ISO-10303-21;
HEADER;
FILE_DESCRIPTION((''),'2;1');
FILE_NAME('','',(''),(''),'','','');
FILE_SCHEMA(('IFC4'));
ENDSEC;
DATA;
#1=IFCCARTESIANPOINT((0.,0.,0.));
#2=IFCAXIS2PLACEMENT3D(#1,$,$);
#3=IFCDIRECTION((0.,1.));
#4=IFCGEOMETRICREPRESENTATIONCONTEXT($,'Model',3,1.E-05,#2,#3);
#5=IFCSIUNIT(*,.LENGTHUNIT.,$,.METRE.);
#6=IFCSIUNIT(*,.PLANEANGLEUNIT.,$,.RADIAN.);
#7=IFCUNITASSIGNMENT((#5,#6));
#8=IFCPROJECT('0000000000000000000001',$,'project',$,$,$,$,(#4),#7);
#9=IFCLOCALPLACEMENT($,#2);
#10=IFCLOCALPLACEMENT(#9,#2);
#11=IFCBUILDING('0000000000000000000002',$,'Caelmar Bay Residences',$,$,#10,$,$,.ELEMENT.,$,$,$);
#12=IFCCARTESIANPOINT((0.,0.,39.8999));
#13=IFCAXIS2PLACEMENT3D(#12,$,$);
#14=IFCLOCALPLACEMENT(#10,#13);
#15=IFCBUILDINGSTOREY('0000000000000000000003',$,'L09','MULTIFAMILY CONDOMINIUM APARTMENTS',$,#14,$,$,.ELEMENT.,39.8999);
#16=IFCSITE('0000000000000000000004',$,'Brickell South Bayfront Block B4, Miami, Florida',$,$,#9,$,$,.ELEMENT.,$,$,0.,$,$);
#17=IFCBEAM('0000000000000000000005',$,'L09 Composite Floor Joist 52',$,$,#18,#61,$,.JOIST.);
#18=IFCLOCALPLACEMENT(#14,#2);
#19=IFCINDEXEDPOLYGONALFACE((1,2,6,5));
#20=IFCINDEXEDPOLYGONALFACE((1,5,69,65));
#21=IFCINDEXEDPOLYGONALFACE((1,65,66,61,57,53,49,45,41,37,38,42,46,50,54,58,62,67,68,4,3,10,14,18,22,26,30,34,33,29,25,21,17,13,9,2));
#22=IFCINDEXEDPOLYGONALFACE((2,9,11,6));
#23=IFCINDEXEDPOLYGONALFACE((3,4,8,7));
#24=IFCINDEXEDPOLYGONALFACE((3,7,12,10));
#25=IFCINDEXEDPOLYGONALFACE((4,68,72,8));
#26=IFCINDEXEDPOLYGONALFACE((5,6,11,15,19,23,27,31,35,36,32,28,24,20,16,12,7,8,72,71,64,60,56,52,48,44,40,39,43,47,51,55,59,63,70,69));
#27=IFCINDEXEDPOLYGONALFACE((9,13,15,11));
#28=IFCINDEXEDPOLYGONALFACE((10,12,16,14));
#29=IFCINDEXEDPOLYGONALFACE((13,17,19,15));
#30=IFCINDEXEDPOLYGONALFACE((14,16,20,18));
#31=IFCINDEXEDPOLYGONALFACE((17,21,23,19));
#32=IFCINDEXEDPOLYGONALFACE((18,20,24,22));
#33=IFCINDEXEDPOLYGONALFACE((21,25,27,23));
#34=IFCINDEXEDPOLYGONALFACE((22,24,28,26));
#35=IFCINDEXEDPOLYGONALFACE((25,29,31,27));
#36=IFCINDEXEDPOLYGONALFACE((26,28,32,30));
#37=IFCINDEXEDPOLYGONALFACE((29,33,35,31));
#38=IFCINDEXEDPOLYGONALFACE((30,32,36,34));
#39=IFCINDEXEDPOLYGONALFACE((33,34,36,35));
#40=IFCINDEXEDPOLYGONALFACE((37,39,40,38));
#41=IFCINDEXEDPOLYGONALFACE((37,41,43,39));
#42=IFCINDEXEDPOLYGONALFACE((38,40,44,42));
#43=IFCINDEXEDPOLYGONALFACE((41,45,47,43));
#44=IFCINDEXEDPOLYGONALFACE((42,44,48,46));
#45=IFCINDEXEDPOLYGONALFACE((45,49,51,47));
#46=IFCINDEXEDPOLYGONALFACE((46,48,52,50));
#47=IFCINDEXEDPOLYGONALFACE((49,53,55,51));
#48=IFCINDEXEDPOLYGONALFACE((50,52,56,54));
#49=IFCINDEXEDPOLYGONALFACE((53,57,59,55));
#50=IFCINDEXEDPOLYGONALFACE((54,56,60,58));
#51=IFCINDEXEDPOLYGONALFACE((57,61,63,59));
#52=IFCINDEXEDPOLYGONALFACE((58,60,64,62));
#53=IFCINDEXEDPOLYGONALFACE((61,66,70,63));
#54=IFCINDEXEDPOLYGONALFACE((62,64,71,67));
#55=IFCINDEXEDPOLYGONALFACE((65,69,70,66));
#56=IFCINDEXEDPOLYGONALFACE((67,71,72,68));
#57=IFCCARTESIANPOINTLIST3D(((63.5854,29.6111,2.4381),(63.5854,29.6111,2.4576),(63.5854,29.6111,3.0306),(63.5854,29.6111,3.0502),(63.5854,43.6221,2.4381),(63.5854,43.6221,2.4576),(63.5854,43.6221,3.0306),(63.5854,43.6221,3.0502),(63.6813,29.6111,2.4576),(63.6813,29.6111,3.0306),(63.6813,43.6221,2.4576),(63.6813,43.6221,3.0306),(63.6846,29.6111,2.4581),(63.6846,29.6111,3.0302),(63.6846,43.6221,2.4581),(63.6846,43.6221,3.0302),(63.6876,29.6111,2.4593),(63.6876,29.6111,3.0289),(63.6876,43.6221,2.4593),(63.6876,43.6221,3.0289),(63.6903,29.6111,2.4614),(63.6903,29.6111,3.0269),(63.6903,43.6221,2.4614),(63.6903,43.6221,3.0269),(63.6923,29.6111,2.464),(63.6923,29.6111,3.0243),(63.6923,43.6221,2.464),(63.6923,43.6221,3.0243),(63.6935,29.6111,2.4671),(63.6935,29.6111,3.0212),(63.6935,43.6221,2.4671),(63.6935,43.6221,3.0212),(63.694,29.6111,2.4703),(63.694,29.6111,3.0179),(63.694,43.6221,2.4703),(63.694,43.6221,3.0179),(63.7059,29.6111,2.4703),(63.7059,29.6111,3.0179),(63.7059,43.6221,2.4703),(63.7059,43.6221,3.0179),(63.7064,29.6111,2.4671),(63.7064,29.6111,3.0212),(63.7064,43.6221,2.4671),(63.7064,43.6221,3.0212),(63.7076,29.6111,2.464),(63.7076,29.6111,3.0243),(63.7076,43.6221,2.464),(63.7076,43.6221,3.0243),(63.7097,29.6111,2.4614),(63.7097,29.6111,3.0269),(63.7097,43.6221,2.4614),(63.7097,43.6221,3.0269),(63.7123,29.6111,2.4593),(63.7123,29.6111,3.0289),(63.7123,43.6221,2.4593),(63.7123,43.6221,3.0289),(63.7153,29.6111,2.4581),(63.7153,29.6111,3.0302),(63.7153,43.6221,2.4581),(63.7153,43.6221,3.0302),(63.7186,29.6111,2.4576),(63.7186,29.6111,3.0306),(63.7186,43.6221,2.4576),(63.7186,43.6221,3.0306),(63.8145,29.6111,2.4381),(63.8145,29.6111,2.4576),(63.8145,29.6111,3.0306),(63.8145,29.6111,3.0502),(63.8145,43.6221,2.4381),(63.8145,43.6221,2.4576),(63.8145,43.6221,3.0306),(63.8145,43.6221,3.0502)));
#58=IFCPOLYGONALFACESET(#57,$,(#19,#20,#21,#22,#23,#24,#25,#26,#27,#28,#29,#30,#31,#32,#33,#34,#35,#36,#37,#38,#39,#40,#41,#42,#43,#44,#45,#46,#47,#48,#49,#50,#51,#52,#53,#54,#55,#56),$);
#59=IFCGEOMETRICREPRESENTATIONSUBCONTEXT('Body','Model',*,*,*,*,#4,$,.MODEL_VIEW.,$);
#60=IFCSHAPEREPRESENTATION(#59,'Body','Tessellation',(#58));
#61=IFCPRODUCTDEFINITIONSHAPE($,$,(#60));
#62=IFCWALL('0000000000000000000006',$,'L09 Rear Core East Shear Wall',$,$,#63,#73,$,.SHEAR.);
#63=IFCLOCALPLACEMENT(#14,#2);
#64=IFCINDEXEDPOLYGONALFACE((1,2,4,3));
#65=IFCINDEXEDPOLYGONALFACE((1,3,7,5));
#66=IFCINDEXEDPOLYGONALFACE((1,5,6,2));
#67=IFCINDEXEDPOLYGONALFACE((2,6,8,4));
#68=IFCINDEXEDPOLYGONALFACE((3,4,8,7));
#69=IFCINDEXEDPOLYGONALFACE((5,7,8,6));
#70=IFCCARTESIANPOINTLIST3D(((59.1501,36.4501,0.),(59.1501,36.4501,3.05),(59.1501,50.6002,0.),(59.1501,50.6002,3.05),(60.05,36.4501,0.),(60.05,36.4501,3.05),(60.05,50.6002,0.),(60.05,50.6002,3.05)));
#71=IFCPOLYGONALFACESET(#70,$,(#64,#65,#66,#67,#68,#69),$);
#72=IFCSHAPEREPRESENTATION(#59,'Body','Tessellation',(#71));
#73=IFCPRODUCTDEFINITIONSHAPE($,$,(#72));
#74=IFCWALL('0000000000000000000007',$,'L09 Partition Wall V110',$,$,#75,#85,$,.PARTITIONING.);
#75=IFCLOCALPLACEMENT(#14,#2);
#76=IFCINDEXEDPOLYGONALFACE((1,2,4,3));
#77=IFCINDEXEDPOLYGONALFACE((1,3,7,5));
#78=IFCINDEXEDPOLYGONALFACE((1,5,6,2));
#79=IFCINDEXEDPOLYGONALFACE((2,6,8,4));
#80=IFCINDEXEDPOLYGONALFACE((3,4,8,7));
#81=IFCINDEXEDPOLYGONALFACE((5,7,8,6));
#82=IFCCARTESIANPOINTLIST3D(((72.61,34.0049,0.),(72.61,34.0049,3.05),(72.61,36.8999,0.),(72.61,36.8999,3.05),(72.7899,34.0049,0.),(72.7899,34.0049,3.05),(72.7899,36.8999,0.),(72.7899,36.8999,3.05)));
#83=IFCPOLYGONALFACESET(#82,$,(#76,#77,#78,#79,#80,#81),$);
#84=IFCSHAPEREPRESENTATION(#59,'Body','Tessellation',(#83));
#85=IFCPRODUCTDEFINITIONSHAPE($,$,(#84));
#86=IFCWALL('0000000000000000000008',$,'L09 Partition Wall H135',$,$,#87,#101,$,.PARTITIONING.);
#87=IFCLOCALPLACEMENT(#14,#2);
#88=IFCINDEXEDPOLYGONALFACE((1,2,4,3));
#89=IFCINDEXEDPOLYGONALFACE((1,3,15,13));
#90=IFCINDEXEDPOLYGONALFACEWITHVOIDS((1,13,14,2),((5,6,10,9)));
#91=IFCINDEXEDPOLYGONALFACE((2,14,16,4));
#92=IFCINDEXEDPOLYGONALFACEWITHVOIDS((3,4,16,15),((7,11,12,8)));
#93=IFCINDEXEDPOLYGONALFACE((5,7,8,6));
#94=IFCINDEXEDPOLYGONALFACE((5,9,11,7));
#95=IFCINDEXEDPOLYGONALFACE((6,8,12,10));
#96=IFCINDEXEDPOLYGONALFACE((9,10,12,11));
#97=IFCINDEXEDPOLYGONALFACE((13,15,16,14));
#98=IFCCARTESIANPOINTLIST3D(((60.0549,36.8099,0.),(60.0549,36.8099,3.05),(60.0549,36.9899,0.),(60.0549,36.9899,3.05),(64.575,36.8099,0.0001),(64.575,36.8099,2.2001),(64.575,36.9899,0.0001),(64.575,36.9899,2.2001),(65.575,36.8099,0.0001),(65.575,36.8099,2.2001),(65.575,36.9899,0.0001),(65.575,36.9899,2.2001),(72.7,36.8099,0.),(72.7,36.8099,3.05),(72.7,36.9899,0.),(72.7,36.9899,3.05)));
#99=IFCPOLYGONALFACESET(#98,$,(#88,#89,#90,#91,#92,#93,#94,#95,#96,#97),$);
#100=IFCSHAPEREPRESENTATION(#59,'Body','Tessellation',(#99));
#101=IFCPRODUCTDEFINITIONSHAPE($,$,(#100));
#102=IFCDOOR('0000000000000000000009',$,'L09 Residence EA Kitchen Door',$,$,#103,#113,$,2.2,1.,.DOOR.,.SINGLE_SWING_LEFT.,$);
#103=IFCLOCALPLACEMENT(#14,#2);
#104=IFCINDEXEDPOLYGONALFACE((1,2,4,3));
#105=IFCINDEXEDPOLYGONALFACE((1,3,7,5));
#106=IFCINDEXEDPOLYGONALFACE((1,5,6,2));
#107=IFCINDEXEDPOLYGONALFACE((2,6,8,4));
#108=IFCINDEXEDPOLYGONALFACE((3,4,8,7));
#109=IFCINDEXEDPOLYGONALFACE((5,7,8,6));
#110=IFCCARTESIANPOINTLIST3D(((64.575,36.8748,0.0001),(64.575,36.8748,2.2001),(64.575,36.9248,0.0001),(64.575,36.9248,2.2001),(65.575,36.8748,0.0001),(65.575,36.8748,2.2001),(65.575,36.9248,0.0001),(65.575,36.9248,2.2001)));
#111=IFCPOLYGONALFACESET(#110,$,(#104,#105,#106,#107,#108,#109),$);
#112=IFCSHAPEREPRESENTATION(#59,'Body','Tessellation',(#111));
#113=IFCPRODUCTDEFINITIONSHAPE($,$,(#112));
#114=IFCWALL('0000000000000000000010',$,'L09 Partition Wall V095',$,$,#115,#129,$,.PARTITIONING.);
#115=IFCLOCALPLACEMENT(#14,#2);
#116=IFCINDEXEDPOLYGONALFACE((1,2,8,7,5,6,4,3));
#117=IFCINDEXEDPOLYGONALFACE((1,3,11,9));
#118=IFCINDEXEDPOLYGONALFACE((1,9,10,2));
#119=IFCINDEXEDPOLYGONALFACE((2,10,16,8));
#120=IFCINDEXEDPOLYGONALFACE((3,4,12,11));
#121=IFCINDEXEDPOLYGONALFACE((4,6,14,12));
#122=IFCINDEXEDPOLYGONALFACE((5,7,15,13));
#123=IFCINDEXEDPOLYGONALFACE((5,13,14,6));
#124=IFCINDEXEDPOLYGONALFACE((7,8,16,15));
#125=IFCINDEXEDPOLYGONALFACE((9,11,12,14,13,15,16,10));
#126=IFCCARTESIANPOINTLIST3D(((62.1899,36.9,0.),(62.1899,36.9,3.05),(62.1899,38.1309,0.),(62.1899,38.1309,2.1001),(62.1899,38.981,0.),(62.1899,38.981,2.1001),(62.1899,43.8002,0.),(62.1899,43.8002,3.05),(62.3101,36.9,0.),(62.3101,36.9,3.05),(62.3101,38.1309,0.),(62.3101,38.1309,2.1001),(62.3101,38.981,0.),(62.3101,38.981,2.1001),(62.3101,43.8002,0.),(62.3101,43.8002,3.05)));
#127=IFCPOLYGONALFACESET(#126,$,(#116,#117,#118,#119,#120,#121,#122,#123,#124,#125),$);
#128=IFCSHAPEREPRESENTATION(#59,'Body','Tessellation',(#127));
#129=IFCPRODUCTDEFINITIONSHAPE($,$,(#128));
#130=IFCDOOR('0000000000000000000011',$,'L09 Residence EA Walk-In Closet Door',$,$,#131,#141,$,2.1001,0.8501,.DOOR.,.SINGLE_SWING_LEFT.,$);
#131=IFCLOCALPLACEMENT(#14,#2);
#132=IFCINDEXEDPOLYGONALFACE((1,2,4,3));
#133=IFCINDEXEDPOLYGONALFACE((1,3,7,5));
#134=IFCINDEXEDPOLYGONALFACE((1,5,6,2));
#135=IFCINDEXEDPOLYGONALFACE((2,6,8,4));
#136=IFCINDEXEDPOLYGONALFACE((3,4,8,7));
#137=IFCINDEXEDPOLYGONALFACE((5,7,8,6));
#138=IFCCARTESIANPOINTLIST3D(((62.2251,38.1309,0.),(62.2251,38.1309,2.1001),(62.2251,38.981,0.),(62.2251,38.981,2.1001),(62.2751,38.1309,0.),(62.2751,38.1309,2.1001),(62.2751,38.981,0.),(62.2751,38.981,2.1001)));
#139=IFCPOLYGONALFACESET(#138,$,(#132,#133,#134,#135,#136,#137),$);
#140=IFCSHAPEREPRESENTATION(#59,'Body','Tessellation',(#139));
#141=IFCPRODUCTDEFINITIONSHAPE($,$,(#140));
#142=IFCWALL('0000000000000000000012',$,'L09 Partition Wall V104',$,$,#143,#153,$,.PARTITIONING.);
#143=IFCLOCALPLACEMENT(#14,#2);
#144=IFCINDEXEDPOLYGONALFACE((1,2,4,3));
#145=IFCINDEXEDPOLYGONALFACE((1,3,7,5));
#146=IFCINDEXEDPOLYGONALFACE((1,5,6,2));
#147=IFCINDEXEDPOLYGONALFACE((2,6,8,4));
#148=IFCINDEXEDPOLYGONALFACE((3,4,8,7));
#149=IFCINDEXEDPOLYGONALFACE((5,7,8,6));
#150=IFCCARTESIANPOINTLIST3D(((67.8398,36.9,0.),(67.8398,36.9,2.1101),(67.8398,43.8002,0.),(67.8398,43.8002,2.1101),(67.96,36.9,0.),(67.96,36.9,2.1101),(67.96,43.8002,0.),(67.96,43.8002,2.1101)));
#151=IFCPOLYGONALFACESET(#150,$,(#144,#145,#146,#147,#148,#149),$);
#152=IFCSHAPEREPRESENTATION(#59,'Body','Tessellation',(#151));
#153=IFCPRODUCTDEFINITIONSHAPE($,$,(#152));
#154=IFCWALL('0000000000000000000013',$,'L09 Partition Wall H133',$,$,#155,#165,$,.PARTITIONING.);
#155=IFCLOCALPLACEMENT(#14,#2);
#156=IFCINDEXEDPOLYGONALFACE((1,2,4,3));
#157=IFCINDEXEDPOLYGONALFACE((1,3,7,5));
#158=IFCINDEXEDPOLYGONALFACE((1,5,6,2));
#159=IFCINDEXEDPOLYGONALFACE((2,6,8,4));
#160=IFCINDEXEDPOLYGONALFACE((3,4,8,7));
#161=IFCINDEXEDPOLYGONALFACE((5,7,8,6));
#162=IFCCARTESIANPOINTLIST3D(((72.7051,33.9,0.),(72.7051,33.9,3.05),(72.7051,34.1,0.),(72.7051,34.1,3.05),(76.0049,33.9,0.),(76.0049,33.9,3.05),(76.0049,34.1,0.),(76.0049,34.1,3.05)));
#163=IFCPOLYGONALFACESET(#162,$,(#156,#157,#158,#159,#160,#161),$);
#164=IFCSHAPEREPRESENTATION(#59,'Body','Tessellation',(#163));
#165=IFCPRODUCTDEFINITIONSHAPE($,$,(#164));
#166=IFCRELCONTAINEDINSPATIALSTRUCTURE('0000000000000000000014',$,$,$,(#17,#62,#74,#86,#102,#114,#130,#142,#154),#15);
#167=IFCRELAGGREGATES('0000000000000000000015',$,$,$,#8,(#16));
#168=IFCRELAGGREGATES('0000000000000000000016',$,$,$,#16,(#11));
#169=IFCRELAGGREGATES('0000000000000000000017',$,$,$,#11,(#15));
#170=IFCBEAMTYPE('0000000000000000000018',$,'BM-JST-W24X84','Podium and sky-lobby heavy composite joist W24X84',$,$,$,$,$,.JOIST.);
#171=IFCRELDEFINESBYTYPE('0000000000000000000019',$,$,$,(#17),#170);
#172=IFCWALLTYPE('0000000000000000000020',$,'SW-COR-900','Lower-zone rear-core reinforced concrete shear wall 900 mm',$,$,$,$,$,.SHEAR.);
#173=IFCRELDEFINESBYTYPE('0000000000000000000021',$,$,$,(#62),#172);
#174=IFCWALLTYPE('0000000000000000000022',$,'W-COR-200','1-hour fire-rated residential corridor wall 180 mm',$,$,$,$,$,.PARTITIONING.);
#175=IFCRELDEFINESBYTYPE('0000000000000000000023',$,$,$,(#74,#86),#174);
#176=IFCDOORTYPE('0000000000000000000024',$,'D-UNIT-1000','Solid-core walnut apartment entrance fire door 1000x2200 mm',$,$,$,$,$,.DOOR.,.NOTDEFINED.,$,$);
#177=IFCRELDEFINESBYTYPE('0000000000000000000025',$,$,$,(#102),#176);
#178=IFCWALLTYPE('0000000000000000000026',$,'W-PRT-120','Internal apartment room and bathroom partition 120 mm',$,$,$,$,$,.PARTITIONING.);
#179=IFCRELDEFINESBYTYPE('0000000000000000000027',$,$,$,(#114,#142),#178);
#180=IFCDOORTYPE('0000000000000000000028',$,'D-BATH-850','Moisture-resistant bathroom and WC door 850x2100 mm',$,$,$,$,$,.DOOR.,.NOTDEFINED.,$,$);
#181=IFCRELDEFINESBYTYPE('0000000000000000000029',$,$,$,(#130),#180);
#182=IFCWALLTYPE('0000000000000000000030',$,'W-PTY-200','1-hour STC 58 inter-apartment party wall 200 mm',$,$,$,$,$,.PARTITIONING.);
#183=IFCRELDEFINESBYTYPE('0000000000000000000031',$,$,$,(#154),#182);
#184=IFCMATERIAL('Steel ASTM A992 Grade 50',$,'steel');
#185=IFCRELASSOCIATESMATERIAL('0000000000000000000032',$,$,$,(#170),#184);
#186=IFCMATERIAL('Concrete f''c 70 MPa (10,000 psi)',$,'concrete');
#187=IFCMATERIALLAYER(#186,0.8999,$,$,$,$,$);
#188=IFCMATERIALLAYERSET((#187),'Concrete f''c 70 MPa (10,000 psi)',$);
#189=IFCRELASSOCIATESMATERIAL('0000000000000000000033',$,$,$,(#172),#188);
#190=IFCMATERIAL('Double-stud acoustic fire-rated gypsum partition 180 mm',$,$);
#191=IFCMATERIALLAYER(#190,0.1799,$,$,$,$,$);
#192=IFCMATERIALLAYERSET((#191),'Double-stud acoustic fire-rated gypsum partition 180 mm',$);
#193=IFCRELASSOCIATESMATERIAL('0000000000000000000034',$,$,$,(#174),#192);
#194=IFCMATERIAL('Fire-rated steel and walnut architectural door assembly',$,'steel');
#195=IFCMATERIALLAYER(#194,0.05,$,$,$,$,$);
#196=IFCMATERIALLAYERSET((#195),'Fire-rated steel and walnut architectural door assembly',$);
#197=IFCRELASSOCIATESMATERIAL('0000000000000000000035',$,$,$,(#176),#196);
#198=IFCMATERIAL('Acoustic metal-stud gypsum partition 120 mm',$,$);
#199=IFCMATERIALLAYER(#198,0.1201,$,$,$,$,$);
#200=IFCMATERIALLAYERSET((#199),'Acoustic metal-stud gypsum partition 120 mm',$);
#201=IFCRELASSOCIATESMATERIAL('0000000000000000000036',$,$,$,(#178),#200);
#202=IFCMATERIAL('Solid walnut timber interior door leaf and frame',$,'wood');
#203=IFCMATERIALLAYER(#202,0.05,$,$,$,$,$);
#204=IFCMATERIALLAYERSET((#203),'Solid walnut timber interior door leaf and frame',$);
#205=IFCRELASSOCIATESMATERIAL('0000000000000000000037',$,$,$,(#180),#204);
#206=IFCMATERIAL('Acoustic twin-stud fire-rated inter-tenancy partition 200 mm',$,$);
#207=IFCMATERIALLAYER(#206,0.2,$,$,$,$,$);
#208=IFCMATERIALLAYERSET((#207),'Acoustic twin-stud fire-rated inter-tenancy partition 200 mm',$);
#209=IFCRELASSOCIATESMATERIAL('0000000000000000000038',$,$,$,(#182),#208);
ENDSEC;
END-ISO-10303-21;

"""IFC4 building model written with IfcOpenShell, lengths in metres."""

from ifc_helpers import new_model, si_unit, direction, frame, frame_2d, origin, origin_2d, place, context, subcontext, project, spatial, rectangle, i_section, extrude, material, layer, layer_set, material_profile, profile_set, type_object, element, fill, save


model = new_model("IFC4")

# Units and contexts
model_context = context("Model", 3, precision=1e-05, world=origin(), true_north=direction((0.0, 1.0)))
body_context = subcontext(model_context, "Body", "Model", "MODEL_VIEW")
ifc_project = project(units=[si_unit("LENGTHUNIT", "METRE"), si_unit("PLANEANGLEUNIT", "RADIAN")], contexts=[model_context])

# Site, building, storey
site_placement = place(None, origin())
site = spatial("IfcSite", under=ifc_project, at=site_placement, Name="Brickell South Bayfront Block B4, Miami, Florida", CompositionType="ELEMENT", RefElevation=0.0)
building_placement = place(site_placement, origin())
building = spatial("IfcBuilding", under=site, at=building_placement, Name="Caelmar Bay Residences", CompositionType="ELEMENT")
storey_placement = place(building_placement, frame((0.0, 0.0, 39.8999)))
storey = spatial("IfcBuildingStorey", under=building, at=storey_placement, Name="L09", Description="MULTIFAMILY CONDOMINIUM APARTMENTS", CompositionType="ELEMENT", Elevation=39.8999)

# Beam
ifc_material_1 = material(Name="Steel ASTM A992 Grade 50", Category="steel")
ifc_material_profile_1 = material_profile(ifc_material_1, i_section(OverallWidth=0.229, OverallDepth=0.6121, WebThickness=0.012, FlangeThickness=0.0195, FilletRadius=0.0127, at=origin_2d()), Name="W24X84")
ifc_profile_set_1 = profile_set([ifc_material_profile_1], Name="Steel ASTM A992 Grade 50")
beam_type_1 = type_object("IfcBeamType", Name="BM-JST-W24X84", Description="Podium and sky-lobby heavy composite joist W24X84", PredefinedType="JOIST", material=ifc_profile_set_1)
beam_1_placement = place(storey_placement, frame((63.7, 29.6111, 2.7441), z_axis=(0.0, 1.0, 0.0), x_axis=(-1.0, 0.0, 0.0)))
element("IfcBeam", 1, at=beam_1_placement, inside=storey, type_object=beam_type_1, Name="L09 Composite Floor Joist 52", PredefinedType="JOIST", context=body_context, shape_type="SweptSolid", body=[
    extrude(i_section(OverallWidth=0.229, OverallDepth=0.6121, WebThickness=0.012, FlangeThickness=0.0195, FilletRadius=0.0127, at=origin_2d()), origin(), (0.0, 0.0, 1.0), 14.011),
])

# Walls
ifc_material_2 = material(Name="Concrete f'c 70 MPa (10,000 psi)", Category="concrete")
ifc_layer_1 = layer(ifc_material_2, 0.8999)
ifc_layer_set_1 = layer_set([ifc_layer_1], Name="Concrete f'c 70 MPa (10,000 psi)")
wall_type_1 = type_object("IfcWallType", Name="SW-COR-900", Description="Lower-zone rear-core reinforced concrete shear wall 900 mm", PredefinedType="SHEAR", material=ifc_layer_set_1)
wall_1_placement = place(storey_placement, frame((59.6001, 36.45, 0.0), z_axis=(0.0, 0.0, 1.0), x_axis=(0.0, 1.0, 0.0)))
element("IfcWall", 2, at=wall_1_placement, inside=storey, type_object=wall_type_1, Name="L09 Rear Core East Shear Wall", PredefinedType="SHEAR", context=body_context, shape_type="SweptSolid", body=[
    extrude(rectangle(XDim=14.1501, YDim=0.8999, at=frame_2d((7.0752, 0.0))), origin(), (0.0, 0.0, 1.0), 3.05),
])
ifc_material_3 = material(Name="Double-stud acoustic fire-rated gypsum partition 180 mm")
ifc_layer_2 = layer(ifc_material_3, 0.1799)
ifc_layer_set_2 = layer_set([ifc_layer_2], Name="Double-stud acoustic fire-rated gypsum partition 180 mm")
wall_type_2 = type_object("IfcWallType", Name="W-COR-200", Description="1-hour fire-rated residential corridor wall 180 mm", PredefinedType="PARTITIONING", material=ifc_layer_set_2)
wall_2_placement = place(storey_placement, frame((72.7, 34.0049, 0.0), z_axis=(0.0, 0.0, 1.0), x_axis=(0.0, 1.0, 0.0)))
element("IfcWall", 3, at=wall_2_placement, inside=storey, type_object=wall_type_2, Name="L09 Partition Wall V110", PredefinedType="PARTITIONING", context=body_context, shape_type="SweptSolid", body=[
    extrude(rectangle(XDim=2.895, YDim=0.1799, at=frame_2d((1.4475, 0.0))), origin(), (0.0, 0.0, 1.0), 3.05),
])

# Walls, openings, doors
wall_3_placement = place(storey_placement, frame((60.0549, 36.8999, 0.0), z_axis=(0.0, 0.0, 1.0), x_axis=(1.0, 0.0, 0.0)))
wall_3 = element("IfcWall", 4, at=wall_3_placement, inside=storey, type_object=wall_type_2, Name="L09 Partition Wall H135", PredefinedType="PARTITIONING", context=body_context, shape_type="SweptSolid", body=[
    extrude(rectangle(XDim=12.645, YDim=0.1799, at=frame_2d((6.3225, 0.0))), origin(), (0.0, 0.0, 1.0), 3.05),
])
opening_1_placement = place(wall_3_placement, frame((4.52, 0.0, 0.0)))
opening_1 = element("IfcOpeningElement", 5, at=opening_1_placement, cuts=wall_3, PredefinedType="OPENING", context=body_context, shape_type="SweptSolid", body=[
    extrude(rectangle(XDim=1.0, YDim=2.2, at=frame_2d((0.5, 1.1001))), frame((0.0, 0.0999, 0.0), z_axis=(0.0, -1.0, 0.0), x_axis=(1.0, 0.0, 0.0)), (0.0, 0.0, 1.0), 0.2),
])
ifc_material_4 = material(Name="Fire-rated steel and walnut architectural door assembly", Category="steel")
ifc_layer_3 = layer(ifc_material_4, 0.05)
ifc_layer_set_3 = layer_set([ifc_layer_3], Name="Fire-rated steel and walnut architectural door assembly")
door_type_1 = type_object("IfcDoorType", Name="D-UNIT-1000", Description="Solid-core walnut apartment entrance fire door 1000x2200 mm", OperationType="NOTDEFINED", PredefinedType="DOOR", material=ifc_layer_set_3)
door_1_placement = place(opening_1_placement, origin())
door_1 = element("IfcDoor", 6, at=door_1_placement, inside=storey, type_object=door_type_1, Name="L09 Residence EA Kitchen Door", OperationType="SINGLE_SWING_LEFT", OverallHeight=2.2, OverallWidth=1.0, PredefinedType="DOOR", context=body_context, shape_type="SweptSolid", body=[
    extrude(rectangle(XDim=1.0, YDim=2.2, at=frame_2d((0.5, 1.1001))), frame((0.0, 0.0249, 0.0), z_axis=(0.0, -1.0, 0.0), x_axis=(1.0, 0.0, 0.0)), (0.0, 0.0, 1.0), 0.05),
])
fill(opening_1, door_1)
ifc_material_5 = material(Name="Acoustic metal-stud gypsum partition 120 mm")
ifc_layer_4 = layer(ifc_material_5, 0.1201)
ifc_layer_set_4 = layer_set([ifc_layer_4], Name="Acoustic metal-stud gypsum partition 120 mm")
wall_type_3 = type_object("IfcWallType", Name="W-PRT-120", Description="Internal apartment room and bathroom partition 120 mm", PredefinedType="PARTITIONING", material=ifc_layer_set_4)
wall_4_placement = place(storey_placement, frame((62.25, 36.8999, 0.0), z_axis=(0.0, 0.0, 1.0), x_axis=(0.0, 1.0, 0.0)))
wall_4 = element("IfcWall", 7, at=wall_4_placement, inside=storey, type_object=wall_type_3, Name="L09 Partition Wall V095", PredefinedType="PARTITIONING", context=body_context, shape_type="SweptSolid", body=[
    extrude(rectangle(XDim=6.9001, YDim=0.1201, at=frame_2d((3.4502, 0.0))), origin(), (0.0, 0.0, 1.0), 3.05),
])
opening_2_placement = place(wall_4_placement, frame((1.231, 0.0, 0.0)))
opening_2 = element("IfcOpeningElement", 8, at=opening_2_placement, cuts=wall_4, PredefinedType="OPENING", context=body_context, shape_type="SweptSolid", body=[
    extrude(rectangle(XDim=0.8501, YDim=2.1001, at=frame_2d((0.425, 1.05))), frame((0.0, 0.0701, 0.0), z_axis=(0.0, -1.0, 0.0), x_axis=(1.0, 0.0, 0.0)), (0.0, 0.0, 1.0), 0.1401),
])
ifc_material_6 = material(Name="Solid walnut timber interior door leaf and frame", Category="wood")
ifc_layer_5 = layer(ifc_material_6, 0.05)
ifc_layer_set_5 = layer_set([ifc_layer_5], Name="Solid walnut timber interior door leaf and frame")
door_type_2 = type_object("IfcDoorType", Name="D-BATH-850", Description="Moisture-resistant bathroom and WC door 850x2100 mm", OperationType="NOTDEFINED", PredefinedType="DOOR", material=ifc_layer_set_5)
door_2_placement = place(opening_2_placement, origin())
door_2 = element("IfcDoor", 9, at=door_2_placement, inside=storey, type_object=door_type_2, Name="L09 Residence EA Walk-In Closet Door", OperationType="SINGLE_SWING_LEFT", OverallHeight=2.1001, OverallWidth=0.8501, PredefinedType="DOOR", context=body_context, shape_type="SweptSolid", body=[
    extrude(rectangle(XDim=0.8501, YDim=2.1001, at=frame_2d((0.425, 1.05))), frame((0.0, 0.0249, 0.0), z_axis=(0.0, -1.0, 0.0), x_axis=(1.0, 0.0, 0.0)), (0.0, 0.0, 1.0), 0.05),
])
fill(opening_2, door_2)

# Walls
wall_5_placement = place(storey_placement, frame((67.8999, 36.8999, 0.0), z_axis=(0.0, 0.0, 1.0), x_axis=(0.0, 1.0, 0.0)))
element("IfcWall", 10, at=wall_5_placement, inside=storey, type_object=wall_type_3, Name="L09 Partition Wall V104", PredefinedType="PARTITIONING", context=body_context, shape_type="SweptSolid", body=[
    extrude(rectangle(XDim=6.9001, YDim=0.1201, at=frame_2d((3.4502, 0.0))), origin(), (0.0, 0.0, 1.0), 2.1101),
])
ifc_material_7 = material(Name="Acoustic twin-stud fire-rated inter-tenancy partition 200 mm")
ifc_layer_6 = layer(ifc_material_7, 0.2)
ifc_layer_set_6 = layer_set([ifc_layer_6], Name="Acoustic twin-stud fire-rated inter-tenancy partition 200 mm")
wall_type_4 = type_object("IfcWallType", Name="W-PTY-200", Description="1-hour STC 58 inter-apartment party wall 200 mm", PredefinedType="PARTITIONING", material=ifc_layer_set_6)
wall_6_placement = place(storey_placement, frame((72.7051, 34.0, 0.0), z_axis=(0.0, 0.0, 1.0), x_axis=(1.0, 0.0, 0.0)))
element("IfcWall", 11, at=wall_6_placement, inside=storey, type_object=wall_type_4, Name="L09 Partition Wall H133", PredefinedType="PARTITIONING", context=body_context, shape_type="SweptSolid", body=[
    extrude(rectangle(XDim=3.2998, YDim=0.2, at=frame_2d((1.6499, 0.0))), origin(), (0.0, 0.0, 1.0), 3.05),
])

save(model, "model.ifc")
